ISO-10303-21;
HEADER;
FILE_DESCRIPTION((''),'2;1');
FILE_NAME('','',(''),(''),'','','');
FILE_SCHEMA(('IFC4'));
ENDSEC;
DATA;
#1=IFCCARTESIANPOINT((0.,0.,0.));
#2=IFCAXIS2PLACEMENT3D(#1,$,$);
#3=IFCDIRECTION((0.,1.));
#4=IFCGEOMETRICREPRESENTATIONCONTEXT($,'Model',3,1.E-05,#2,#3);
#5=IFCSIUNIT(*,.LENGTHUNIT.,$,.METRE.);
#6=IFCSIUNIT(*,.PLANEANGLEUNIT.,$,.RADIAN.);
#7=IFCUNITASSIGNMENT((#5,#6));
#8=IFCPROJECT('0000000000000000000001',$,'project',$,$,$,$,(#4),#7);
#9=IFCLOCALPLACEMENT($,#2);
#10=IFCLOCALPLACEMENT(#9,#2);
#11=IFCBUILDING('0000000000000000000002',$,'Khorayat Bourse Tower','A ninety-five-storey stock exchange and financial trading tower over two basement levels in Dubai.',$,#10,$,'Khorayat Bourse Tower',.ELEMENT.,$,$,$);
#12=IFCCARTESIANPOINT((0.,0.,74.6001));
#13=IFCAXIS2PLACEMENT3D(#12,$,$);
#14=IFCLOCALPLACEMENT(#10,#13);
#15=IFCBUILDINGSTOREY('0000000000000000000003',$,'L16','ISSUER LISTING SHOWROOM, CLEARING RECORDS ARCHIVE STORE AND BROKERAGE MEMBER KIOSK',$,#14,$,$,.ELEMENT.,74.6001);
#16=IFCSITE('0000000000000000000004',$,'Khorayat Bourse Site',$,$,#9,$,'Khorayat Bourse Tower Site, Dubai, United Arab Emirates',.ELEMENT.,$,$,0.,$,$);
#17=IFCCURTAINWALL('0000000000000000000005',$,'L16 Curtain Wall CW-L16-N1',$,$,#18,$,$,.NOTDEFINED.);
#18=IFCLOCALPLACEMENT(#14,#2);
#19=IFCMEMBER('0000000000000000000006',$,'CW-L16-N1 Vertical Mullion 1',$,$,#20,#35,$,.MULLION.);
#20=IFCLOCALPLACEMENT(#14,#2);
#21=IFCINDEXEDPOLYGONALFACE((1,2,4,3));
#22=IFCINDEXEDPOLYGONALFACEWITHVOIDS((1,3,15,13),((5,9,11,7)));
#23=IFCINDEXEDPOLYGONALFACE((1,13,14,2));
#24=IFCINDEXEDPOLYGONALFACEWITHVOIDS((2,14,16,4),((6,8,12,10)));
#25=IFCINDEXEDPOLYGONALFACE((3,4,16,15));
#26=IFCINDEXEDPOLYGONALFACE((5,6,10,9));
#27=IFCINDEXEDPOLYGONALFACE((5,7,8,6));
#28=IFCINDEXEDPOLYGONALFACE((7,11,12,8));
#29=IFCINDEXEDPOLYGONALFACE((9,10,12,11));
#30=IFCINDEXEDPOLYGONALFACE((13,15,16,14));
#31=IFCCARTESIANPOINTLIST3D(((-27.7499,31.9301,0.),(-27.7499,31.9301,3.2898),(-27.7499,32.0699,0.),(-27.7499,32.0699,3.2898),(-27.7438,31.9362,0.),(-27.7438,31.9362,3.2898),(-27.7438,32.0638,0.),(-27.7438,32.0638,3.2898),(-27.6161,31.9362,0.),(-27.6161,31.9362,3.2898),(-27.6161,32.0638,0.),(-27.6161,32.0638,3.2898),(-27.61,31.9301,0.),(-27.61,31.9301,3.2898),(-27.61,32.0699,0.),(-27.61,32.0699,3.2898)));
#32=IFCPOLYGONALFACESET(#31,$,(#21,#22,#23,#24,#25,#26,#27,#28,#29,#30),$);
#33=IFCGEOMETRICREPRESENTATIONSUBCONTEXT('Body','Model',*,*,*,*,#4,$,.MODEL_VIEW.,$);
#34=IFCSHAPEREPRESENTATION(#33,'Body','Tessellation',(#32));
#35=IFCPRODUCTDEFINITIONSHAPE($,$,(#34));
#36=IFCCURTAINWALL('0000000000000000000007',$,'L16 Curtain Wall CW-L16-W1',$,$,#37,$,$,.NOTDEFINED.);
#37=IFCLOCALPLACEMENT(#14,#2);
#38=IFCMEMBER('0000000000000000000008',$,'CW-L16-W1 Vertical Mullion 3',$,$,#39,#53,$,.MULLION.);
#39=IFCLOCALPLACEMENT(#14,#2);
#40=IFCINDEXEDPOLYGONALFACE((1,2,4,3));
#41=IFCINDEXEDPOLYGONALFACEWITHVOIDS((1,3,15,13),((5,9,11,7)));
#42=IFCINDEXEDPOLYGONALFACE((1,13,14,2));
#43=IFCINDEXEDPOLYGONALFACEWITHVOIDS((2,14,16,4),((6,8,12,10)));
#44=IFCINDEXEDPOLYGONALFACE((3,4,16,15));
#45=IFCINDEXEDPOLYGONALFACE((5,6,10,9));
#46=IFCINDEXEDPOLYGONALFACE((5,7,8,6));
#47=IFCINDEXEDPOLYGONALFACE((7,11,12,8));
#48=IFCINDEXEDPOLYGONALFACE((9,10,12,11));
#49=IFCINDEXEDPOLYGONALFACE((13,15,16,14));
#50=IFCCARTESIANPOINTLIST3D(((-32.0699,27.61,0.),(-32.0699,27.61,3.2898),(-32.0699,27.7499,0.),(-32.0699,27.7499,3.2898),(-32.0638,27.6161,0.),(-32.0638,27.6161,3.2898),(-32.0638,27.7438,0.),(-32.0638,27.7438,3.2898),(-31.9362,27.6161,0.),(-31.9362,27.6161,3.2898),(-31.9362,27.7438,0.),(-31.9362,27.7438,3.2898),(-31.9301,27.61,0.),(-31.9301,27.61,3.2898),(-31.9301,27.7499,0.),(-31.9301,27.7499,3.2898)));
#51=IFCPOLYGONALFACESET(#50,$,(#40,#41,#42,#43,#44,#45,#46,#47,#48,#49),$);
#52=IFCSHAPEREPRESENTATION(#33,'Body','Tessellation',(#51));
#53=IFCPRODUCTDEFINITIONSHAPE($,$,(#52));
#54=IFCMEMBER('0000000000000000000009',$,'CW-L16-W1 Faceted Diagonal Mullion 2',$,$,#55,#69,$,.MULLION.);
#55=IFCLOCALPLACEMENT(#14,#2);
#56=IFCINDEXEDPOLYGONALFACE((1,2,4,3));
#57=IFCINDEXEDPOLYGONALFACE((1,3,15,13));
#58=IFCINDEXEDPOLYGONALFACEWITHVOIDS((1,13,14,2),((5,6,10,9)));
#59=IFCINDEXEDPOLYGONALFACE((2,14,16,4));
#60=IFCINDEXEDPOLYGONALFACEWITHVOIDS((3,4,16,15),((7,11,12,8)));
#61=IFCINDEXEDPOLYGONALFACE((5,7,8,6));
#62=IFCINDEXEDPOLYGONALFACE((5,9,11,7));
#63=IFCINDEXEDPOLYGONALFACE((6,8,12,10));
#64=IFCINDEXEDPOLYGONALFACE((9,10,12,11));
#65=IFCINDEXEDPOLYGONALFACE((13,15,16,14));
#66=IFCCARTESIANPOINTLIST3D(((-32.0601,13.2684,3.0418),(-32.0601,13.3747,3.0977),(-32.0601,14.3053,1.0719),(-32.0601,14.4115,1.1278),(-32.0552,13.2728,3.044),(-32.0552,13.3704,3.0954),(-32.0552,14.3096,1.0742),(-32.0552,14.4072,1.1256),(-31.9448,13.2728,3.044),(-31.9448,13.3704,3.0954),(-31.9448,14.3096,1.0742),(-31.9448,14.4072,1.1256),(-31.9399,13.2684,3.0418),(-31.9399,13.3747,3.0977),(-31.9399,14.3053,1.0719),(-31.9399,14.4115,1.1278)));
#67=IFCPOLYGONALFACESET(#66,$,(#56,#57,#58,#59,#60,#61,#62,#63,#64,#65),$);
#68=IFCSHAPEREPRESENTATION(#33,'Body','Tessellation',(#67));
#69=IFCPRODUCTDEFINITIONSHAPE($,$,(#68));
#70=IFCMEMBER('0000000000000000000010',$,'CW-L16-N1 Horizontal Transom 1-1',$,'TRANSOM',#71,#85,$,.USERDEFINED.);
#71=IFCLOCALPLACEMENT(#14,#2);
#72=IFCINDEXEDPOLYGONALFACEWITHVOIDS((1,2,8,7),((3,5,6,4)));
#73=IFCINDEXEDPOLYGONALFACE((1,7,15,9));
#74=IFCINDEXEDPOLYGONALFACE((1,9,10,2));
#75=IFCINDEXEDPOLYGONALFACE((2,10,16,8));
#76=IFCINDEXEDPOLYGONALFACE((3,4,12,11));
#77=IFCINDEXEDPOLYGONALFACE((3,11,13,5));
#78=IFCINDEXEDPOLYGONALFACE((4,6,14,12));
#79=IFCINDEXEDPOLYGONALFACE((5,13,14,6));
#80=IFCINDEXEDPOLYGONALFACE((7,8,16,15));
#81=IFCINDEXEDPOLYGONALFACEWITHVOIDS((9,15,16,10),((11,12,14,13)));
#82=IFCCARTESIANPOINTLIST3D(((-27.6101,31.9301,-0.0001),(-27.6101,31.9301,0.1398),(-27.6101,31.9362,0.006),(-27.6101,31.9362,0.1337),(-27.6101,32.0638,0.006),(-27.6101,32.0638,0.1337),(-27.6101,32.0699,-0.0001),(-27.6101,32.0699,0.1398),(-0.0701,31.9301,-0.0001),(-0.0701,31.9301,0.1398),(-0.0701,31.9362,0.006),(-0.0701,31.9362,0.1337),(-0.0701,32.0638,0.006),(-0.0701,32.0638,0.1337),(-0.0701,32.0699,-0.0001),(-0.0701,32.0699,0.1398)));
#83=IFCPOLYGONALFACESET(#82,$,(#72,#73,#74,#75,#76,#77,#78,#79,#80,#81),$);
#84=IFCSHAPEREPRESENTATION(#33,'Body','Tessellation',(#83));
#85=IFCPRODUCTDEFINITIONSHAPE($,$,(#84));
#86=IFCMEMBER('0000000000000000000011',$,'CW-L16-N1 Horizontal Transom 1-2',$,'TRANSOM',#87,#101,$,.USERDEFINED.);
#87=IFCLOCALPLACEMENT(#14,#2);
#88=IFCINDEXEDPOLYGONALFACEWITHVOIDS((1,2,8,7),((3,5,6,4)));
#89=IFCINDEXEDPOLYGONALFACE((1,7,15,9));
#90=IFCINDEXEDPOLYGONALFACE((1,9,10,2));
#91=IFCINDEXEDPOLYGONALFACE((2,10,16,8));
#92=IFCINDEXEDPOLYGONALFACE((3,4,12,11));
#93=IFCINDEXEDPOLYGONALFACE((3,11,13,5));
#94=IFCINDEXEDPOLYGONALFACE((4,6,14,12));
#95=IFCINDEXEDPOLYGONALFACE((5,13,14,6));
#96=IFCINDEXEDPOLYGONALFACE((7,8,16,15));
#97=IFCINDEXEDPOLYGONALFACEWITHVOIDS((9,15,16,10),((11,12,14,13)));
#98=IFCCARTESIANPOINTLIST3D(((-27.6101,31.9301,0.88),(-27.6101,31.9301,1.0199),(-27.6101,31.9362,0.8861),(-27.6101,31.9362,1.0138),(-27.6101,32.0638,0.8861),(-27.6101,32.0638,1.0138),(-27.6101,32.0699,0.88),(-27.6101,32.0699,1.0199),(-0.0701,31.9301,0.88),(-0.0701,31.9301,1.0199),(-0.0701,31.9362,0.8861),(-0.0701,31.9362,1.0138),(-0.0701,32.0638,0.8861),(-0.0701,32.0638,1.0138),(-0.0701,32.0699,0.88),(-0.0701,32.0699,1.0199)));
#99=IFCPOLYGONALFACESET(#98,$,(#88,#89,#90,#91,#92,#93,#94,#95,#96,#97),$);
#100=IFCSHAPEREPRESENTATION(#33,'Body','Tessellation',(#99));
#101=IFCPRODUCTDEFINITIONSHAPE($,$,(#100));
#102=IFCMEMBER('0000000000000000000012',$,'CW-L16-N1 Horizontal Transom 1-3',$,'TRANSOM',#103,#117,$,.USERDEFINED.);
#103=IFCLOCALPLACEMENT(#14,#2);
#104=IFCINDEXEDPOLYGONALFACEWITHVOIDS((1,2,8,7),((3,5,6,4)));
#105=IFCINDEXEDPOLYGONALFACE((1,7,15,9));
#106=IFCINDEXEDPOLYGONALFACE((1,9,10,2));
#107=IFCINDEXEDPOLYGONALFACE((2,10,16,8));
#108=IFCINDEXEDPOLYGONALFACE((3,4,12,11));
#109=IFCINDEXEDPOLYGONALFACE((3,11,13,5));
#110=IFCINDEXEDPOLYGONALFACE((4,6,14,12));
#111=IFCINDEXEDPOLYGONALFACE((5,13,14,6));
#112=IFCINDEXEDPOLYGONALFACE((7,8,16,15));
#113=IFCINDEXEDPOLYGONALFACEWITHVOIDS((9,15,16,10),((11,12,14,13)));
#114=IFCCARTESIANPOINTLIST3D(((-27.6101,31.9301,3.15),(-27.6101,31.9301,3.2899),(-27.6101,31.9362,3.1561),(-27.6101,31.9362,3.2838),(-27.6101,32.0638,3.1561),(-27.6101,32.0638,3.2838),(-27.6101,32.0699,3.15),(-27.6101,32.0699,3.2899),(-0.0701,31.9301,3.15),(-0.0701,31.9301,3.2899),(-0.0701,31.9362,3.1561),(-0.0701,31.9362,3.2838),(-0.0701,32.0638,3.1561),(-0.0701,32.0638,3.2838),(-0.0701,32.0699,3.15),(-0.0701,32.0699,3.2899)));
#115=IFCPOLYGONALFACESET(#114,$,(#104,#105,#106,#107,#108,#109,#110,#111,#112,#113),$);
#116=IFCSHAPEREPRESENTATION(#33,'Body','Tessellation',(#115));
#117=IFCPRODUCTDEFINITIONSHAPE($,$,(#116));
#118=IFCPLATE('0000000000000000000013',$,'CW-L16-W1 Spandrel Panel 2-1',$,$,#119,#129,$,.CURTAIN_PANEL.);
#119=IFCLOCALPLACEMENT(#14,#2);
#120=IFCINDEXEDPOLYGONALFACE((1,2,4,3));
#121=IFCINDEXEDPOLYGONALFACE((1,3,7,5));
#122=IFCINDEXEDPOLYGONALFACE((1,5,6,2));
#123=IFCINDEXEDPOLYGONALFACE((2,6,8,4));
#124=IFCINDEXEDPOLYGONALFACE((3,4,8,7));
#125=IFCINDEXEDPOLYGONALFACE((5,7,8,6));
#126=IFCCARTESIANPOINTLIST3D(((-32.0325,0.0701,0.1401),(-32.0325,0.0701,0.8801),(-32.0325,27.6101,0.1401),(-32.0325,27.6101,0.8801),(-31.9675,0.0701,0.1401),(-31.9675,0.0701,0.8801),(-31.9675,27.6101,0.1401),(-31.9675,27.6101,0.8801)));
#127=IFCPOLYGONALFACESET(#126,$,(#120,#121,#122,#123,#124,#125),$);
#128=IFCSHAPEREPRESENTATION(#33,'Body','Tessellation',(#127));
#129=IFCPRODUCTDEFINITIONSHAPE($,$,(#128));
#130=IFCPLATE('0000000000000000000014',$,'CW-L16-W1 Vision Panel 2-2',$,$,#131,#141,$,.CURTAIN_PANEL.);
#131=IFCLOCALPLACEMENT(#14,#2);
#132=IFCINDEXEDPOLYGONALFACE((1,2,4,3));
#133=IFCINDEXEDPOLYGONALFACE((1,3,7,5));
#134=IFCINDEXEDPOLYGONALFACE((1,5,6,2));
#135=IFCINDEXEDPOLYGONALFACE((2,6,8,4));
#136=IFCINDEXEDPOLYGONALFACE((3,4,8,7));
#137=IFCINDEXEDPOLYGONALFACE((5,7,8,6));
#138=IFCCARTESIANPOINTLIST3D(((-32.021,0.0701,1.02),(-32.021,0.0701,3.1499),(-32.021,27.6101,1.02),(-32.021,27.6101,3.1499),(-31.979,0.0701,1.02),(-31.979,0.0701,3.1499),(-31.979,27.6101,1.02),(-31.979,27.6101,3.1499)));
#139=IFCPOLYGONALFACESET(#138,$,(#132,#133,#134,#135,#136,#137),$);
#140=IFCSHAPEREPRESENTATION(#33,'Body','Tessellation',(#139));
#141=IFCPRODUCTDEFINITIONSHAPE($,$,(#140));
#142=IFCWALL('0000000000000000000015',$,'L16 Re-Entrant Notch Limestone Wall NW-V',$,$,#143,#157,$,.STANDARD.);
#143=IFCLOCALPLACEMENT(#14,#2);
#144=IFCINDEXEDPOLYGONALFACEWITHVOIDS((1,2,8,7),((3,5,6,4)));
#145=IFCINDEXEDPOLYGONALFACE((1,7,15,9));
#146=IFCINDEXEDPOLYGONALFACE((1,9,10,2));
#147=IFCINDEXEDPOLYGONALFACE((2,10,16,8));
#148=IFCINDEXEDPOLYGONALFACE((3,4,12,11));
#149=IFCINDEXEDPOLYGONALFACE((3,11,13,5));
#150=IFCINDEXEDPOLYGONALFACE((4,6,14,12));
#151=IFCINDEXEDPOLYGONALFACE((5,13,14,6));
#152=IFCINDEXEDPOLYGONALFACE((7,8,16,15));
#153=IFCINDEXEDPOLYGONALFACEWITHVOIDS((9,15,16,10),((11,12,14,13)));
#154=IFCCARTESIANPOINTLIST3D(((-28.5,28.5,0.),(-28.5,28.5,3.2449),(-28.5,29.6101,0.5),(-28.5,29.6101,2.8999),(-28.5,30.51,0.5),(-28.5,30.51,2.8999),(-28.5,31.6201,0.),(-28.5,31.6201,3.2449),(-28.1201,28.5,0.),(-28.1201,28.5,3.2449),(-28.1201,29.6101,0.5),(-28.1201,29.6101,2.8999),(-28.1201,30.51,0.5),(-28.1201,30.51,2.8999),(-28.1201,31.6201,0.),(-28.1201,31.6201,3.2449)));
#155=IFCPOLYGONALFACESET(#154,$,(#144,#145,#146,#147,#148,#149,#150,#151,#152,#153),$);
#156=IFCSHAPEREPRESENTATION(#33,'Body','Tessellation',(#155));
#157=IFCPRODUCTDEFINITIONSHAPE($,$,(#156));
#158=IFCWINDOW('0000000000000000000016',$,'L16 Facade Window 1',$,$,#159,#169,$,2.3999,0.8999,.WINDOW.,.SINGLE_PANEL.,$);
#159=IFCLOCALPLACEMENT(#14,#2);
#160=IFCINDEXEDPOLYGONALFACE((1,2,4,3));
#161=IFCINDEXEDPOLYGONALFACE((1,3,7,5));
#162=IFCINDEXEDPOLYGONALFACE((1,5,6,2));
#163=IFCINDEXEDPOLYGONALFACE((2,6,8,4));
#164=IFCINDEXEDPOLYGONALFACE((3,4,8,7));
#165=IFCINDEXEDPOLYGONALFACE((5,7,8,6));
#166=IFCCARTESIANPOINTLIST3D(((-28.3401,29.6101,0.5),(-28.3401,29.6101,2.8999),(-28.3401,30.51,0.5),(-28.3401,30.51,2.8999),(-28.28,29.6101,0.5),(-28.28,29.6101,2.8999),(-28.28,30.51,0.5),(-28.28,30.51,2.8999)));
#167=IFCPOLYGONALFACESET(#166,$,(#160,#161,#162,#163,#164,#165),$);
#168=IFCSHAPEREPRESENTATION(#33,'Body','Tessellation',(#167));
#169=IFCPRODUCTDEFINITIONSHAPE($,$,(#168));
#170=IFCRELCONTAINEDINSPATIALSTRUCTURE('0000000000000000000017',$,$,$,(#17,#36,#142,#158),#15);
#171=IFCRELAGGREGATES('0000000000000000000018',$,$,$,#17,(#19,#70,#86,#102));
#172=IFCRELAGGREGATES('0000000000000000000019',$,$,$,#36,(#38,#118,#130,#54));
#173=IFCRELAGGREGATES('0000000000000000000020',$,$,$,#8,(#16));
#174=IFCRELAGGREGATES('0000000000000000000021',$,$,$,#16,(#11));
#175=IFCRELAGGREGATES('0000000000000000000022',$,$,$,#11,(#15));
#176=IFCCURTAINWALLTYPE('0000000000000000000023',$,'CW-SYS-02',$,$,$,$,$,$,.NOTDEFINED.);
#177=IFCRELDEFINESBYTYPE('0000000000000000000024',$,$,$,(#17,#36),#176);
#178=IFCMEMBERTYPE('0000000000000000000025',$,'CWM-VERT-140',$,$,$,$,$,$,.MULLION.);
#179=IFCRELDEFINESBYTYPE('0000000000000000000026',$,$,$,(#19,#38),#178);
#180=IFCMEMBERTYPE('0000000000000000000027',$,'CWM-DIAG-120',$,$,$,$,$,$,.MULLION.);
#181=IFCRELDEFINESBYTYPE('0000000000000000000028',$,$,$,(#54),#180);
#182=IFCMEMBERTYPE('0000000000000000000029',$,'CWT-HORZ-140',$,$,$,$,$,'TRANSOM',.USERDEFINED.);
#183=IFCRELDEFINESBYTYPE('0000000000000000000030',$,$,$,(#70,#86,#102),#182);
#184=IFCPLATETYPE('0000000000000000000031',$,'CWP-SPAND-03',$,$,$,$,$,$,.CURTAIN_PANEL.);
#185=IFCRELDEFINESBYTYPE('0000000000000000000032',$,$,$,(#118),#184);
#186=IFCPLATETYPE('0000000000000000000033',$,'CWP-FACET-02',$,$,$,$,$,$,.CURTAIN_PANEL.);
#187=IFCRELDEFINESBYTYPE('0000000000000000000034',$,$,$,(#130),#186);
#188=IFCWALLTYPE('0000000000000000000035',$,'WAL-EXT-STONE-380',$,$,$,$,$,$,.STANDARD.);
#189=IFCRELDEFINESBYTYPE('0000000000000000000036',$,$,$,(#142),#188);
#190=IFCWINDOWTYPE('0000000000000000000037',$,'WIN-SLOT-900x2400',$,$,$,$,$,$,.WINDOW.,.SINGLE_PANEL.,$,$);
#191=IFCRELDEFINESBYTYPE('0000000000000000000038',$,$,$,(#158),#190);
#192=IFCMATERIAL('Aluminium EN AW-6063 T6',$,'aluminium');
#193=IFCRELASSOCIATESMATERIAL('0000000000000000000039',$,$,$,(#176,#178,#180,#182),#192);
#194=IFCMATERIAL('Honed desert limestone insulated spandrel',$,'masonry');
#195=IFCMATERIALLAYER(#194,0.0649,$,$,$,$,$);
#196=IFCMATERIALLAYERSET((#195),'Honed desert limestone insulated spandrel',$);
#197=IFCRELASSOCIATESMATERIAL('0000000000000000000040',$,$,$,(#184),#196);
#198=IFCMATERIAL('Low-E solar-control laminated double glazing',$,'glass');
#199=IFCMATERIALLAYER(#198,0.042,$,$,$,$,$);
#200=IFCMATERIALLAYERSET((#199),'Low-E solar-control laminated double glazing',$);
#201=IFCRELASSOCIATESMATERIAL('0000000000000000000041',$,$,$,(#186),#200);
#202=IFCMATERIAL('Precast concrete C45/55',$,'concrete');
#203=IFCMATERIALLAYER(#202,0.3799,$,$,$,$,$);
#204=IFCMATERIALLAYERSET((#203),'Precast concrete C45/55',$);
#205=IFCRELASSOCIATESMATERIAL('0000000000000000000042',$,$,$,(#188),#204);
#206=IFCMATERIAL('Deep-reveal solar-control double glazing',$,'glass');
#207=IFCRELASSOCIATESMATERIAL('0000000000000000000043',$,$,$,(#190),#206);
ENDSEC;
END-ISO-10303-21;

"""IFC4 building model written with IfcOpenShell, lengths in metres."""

from ifc_helpers import new_model, si_unit, direction, frame, frame_2d, origin, origin_2d, place, context, subcontext, project, spatial, rectangle, hollow_rectangle, extrude, source, transform, mapped, material, layer, layer_set, material_profile, profile_set, type_object, element, fill, aggregate, save


model = new_model("IFC4")

# Units and contexts
model_context = context("Model", 3, precision=1e-05, world=origin(), true_north=direction((0.0, 1.0)))
body_context = subcontext(model_context, "Body", "Model", "MODEL_VIEW")
ifc_project = project(units=[si_unit("LENGTHUNIT", "METRE"), si_unit("PLANEANGLEUNIT", "RADIAN")], contexts=[model_context])

# Site, building, storey
site_placement = place(None, origin())
site = spatial("IfcSite", under=ifc_project, at=site_placement, Name="Khorayat Bourse Site", LongName="Khorayat Bourse Tower Site, Dubai, United Arab Emirates", CompositionType="ELEMENT", RefElevation=0.0)
building_placement = place(site_placement, origin())
building = spatial("IfcBuilding", under=site, at=building_placement, Name="Khorayat Bourse Tower", Description="A ninety-five-storey stock exchange and financial trading tower over two basement levels in Dubai.", LongName="Khorayat Bourse Tower", CompositionType="ELEMENT")
storey_placement = place(building_placement, frame((0.0, 0.0, 74.6001)))
storey = spatial("IfcBuildingStorey", under=building, at=storey_placement, Name="L16", Description="ISSUER LISTING SHOWROOM, CLEARING RECORDS ARCHIVE STORE AND BROKERAGE MEMBER KIOSK", CompositionType="ELEMENT", Elevation=74.6001)

# Curtain wall, member
ifc_material_1 = material(Name="Aluminium EN AW-6063 T6", Category="aluminium")
curtain_wall_type = type_object("IfcCurtainWallType", Name="CW-SYS-02", PredefinedType="NOTDEFINED", material=ifc_material_1)
curtain_wall_1_placement = place(storey_placement, origin())
curtain_wall_1 = element("IfcCurtainWall", 1, at=curtain_wall_1_placement, inside=storey, type_object=curtain_wall_type, Name="L16 Curtain Wall CW-L16-N1", PredefinedType="NOTDEFINED")
ifc_material_profile_1 = material_profile(ifc_material_1, hollow_rectangle(XDim=0.1399, YDim=0.1399, WallThickness=0.0061, at=origin_2d()), Name="ALU 140x140x6")
ifc_profile_set_1 = profile_set([ifc_material_profile_1], Name="Aluminium EN AW-6063 T6")
member_type_1 = type_object("IfcMemberType", Name="CWM-VERT-140", PredefinedType="MULLION", material=ifc_profile_set_1)
shared_shape_1 = source(origin(), body_context, "Body", "SweptSolid", [
    extrude(hollow_rectangle(XDim=0.1399, YDim=0.1399, WallThickness=0.0061, at=origin_2d()), origin(), (0.0, 0.0, 1.0), 3.2898),
])
member_1_placement = place(storey_placement, frame((-27.6799, 32.0, 0.0), z_axis=(0.0, 0.0, 1.0), x_axis=(0.0, 1.0, 0.0)))
member_1 = element("IfcMember", 2, at=member_1_placement, type_object=member_type_1, Name="CW-L16-N1 Vertical Mullion 1", PredefinedType="MULLION", context=body_context, shape_type="MappedRepresentation", body=[
    mapped(shared_shape_1, transform((0.0, 0.0, 0.0), scale=1.0)),
])

# Curtain wall, members
curtain_wall_2_placement = place(storey_placement, origin())
curtain_wall_2 = element("IfcCurtainWall", 3, at=curtain_wall_2_placement, inside=storey, type_object=curtain_wall_type, Name="L16 Curtain Wall CW-L16-W1", PredefinedType="NOTDEFINED")
member_2_placement = place(storey_placement, frame((-32.0, 27.6799, 0.0), z_axis=(0.0, 0.0, 1.0), x_axis=(-1.0, 0.0, 0.0)))
member_2 = element("IfcMember", 4, at=member_2_placement, type_object=member_type_1, Name="CW-L16-W1 Vertical Mullion 3", PredefinedType="MULLION", context=body_context, shape_type="MappedRepresentation", body=[
    mapped(shared_shape_1, transform((0.0, 0.0, 0.0), scale=1.0)),
])
ifc_material_profile_2 = material_profile(ifc_material_1, hollow_rectangle(XDim=0.1201, YDim=0.1201, WallThickness=0.0049, at=origin_2d()), Name="ALU 120x120x5")
ifc_profile_set_2 = profile_set([ifc_material_profile_2], Name="Aluminium EN AW-6063 T6")
member_type_2 = type_object("IfcMemberType", Name="CWM-DIAG-120", PredefinedType="MULLION", material=ifc_profile_set_2)
shared_shape_2 = source(origin(), body_context, "Body", "SweptSolid", [
    extrude(hollow_rectangle(XDim=0.1201, YDim=0.1201, WallThickness=0.0049, at=origin_2d()), origin(), (0.0, 0.0, 1.0), 2.2261),
])
member_3_placement = place(storey_placement, frame((-32.0, 14.3584, 1.0999), z_axis=(0.0, -0.46576, 0.884911), x_axis=(1.0, 0.0, 0.0)))
member_3 = element("IfcMember", 5, at=member_3_placement, type_object=member_type_2, Name="CW-L16-W1 Faceted Diagonal Mullion 2", PredefinedType="MULLION", context=body_context, shape_type="MappedRepresentation", body=[
    mapped(shared_shape_2, transform((0.0, 0.0, 0.0), scale=1.0)),
])

# Members
ifc_material_profile_3 = material_profile(ifc_material_1, hollow_rectangle(XDim=0.1399, YDim=0.1399, WallThickness=0.0061, at=origin_2d()), Name="ALU 140x140x6")
ifc_profile_set_3 = profile_set([ifc_material_profile_3], Name="Aluminium EN AW-6063 T6")
member_type_3 = type_object("IfcMemberType", Name="CWT-HORZ-140", ElementType="TRANSOM", PredefinedType="USERDEFINED", material=ifc_profile_set_3)
shared_shape_3 = source(origin(), body_context, "Body", "SweptSolid", [
    extrude(hollow_rectangle(XDim=0.1399, YDim=0.1399, WallThickness=0.0061, at=origin_2d()), origin(), (0.0, 0.0, 1.0), 27.54),
])
member_4_placement = place(storey_placement, frame((-27.6101, 32.0, 0.0698), z_axis=(1.0, 0.0, 0.0), x_axis=(0.0, 1.0, 0.0)))
member_4 = element("IfcMember", 6, at=member_4_placement, type_object=member_type_3, Name="CW-L16-N1 Horizontal Transom 1-1", ObjectType="TRANSOM", PredefinedType="USERDEFINED", context=body_context, shape_type="MappedRepresentation", body=[
    mapped(shared_shape_3, transform((0.0, 0.0, 0.0), scale=1.0)),
])
member_5_placement = place(storey_placement, frame((-27.6101, 32.0, 0.95), z_axis=(1.0, 0.0, 0.0), x_axis=(0.0, 1.0, 0.0)))
member_5 = element("IfcMember", 7, at=member_5_placement, type_object=member_type_3, Name="CW-L16-N1 Horizontal Transom 1-2", ObjectType="TRANSOM", PredefinedType="USERDEFINED", context=body_context, shape_type="MappedRepresentation", body=[
    mapped(shared_shape_3, transform((0.0, 0.0, 0.0), scale=1.0)),
])
member_6_placement = place(storey_placement, frame((-27.6101, 32.0, 3.22), z_axis=(1.0, 0.0, 0.0), x_axis=(0.0, 1.0, 0.0)))
member_6 = element("IfcMember", 8, at=member_6_placement, type_object=member_type_3, Name="CW-L16-N1 Horizontal Transom 1-3", ObjectType="TRANSOM", PredefinedType="USERDEFINED", context=body_context, shape_type="MappedRepresentation", body=[
    mapped(shared_shape_3, transform((0.0, 0.0, 0.0), scale=1.0)),
])
aggregate(curtain_wall_1, [member_1, member_4, member_5, member_6])

# Plates
ifc_material_2 = material(Name="Honed desert limestone insulated spandrel", Category="masonry")
ifc_layer_1 = layer(ifc_material_2, 0.0649)
ifc_layer_set_1 = layer_set([ifc_layer_1], Name="Honed desert limestone insulated spandrel")
plate_type_1 = type_object("IfcPlateType", Name="CWP-SPAND-03", PredefinedType="CURTAIN_PANEL", material=ifc_layer_set_1)
shared_shape_4 = source(origin(), body_context, "Body", "SweptSolid", [
    extrude(rectangle(XDim=27.54, YDim=0.0649, at=origin_2d()), origin(), (0.0, 0.0, 1.0), 0.74),
])
plate_1_placement = place(storey_placement, frame((-32.0, 13.8401, 0.1401), z_axis=(0.0, 0.0, 1.0), x_axis=(0.0, 1.0, 0.0)))
plate_1 = element("IfcPlate", 9, at=plate_1_placement, type_object=plate_type_1, Name="CW-L16-W1 Spandrel Panel 2-1", PredefinedType="CURTAIN_PANEL", context=body_context, shape_type="MappedRepresentation", body=[
    mapped(shared_shape_4, transform((0.0, 0.0, 0.0), scale=1.0)),
])
ifc_material_3 = material(Name="Low-E solar-control laminated double glazing", Category="glass")
ifc_layer_2 = layer(ifc_material_3, 0.042)
ifc_layer_set_2 = layer_set([ifc_layer_2], Name="Low-E solar-control laminated double glazing")
plate_type_2 = type_object("IfcPlateType", Name="CWP-FACET-02", PredefinedType="CURTAIN_PANEL", material=ifc_layer_set_2)
shared_shape_5 = source(origin(), body_context, "Body", "SweptSolid", [
    extrude(rectangle(XDim=27.54, YDim=0.042, at=origin_2d()), origin(), (0.0, 0.0, 1.0), 2.1299),
])
plate_2_placement = place(storey_placement, frame((-32.0, 13.8401, 1.02), z_axis=(0.0, 0.0, 1.0), x_axis=(0.0, 1.0, 0.0)))
plate_2 = element("IfcPlate", 10, at=plate_2_placement, type_object=plate_type_2, Name="CW-L16-W1 Vision Panel 2-2", PredefinedType="CURTAIN_PANEL", context=body_context, shape_type="MappedRepresentation", body=[
    mapped(shared_shape_5, transform((0.0, 0.0, 0.0), scale=1.0)),
])
aggregate(curtain_wall_2, [member_2, plate_1, plate_2, member_3])

# Wall, opening, window
ifc_material_4 = material(Name="Precast concrete C45/55", Category="concrete")
ifc_layer_3 = layer(ifc_material_4, 0.3799)
ifc_layer_set_3 = layer_set([ifc_layer_3], Name="Precast concrete C45/55")
wall_type_1 = type_object("IfcWallType", Name="WAL-EXT-STONE-380", PredefinedType="STANDARD", material=ifc_layer_set_3)
shared_shape_6 = source(origin(), body_context, "Body", "SweptSolid", [
    extrude(rectangle(XDim=3.1201, YDim=0.3799, at=frame_2d((1.5601, 0.0))), origin(), (0.0, 0.0, 1.0), 3.2449),
])
wall_1_placement = place(storey_placement, frame((-28.3101, 28.5, 0.0), z_axis=(0.0, 0.0, 1.0), x_axis=(0.0, 1.0, 0.0)))
wall_1 = element("IfcWall", 11, at=wall_1_placement, inside=storey, type_object=wall_type_1, Name="L16 Re-Entrant Notch Limestone Wall NW-V", PredefinedType="STANDARD", context=body_context, shape_type="MappedRepresentation", body=[
    mapped(shared_shape_6, transform((0.0, 0.0, 0.0), scale=1.0)),
])
shared_shape_7 = source(origin(), body_context, "Body", "SweptSolid", [
    extrude(rectangle(XDim=0.8999, YDim=2.3999, at=frame_2d((0.45, 1.2))), frame((0.0, 0.2, 0.0), z_axis=(0.0, -1.0, 0.0), x_axis=(1.0, 0.0, 0.0)), (0.0, 0.0, 1.0), 0.3999),
])
opening_1_placement = place(wall_1_placement, frame((1.1101, 0.0, 0.5)))
opening_1 = element("IfcOpeningElement", 12, at=opening_1_placement, cuts=wall_1, PredefinedType="OPENING", context=body_context, shape_type="MappedRepresentation", body=[
    mapped(shared_shape_7, transform((0.0, 0.0, 0.0), scale=1.0)),
])
ifc_material_5 = material(Name="Deep-reveal solar-control double glazing", Category="glass")
window_type = type_object("IfcWindowType", Name="WIN-SLOT-900x2400", PartitioningType="SINGLE_PANEL", PredefinedType="WINDOW", material=ifc_material_5)
shared_shape_8 = source(origin(), body_context, "Body", "SweptSolid", [
    extrude(rectangle(XDim=0.8999, YDim=2.3999, at=frame_2d((0.45, 1.2))), frame((0.0, 0.03, 0.0), z_axis=(0.0, -1.0, 0.0), x_axis=(1.0, 0.0, 0.0)), (0.0, 0.0, 1.0), 0.0601),
])
window_1_placement = place(opening_1_placement, origin())
window_1 = element("IfcWindow", 13, at=window_1_placement, inside=storey, type_object=window_type, Name="L16 Facade Window 1", OverallHeight=2.3999, OverallWidth=0.8999, PartitioningType="SINGLE_PANEL", PredefinedType="WINDOW", context=body_context, shape_type="MappedRepresentation", body=[
    mapped(shared_shape_8, transform((0.0, 0.0, 0.0), scale=1.0)),
])
fill(opening_1, window_1)

save(model, "model.ifc")
